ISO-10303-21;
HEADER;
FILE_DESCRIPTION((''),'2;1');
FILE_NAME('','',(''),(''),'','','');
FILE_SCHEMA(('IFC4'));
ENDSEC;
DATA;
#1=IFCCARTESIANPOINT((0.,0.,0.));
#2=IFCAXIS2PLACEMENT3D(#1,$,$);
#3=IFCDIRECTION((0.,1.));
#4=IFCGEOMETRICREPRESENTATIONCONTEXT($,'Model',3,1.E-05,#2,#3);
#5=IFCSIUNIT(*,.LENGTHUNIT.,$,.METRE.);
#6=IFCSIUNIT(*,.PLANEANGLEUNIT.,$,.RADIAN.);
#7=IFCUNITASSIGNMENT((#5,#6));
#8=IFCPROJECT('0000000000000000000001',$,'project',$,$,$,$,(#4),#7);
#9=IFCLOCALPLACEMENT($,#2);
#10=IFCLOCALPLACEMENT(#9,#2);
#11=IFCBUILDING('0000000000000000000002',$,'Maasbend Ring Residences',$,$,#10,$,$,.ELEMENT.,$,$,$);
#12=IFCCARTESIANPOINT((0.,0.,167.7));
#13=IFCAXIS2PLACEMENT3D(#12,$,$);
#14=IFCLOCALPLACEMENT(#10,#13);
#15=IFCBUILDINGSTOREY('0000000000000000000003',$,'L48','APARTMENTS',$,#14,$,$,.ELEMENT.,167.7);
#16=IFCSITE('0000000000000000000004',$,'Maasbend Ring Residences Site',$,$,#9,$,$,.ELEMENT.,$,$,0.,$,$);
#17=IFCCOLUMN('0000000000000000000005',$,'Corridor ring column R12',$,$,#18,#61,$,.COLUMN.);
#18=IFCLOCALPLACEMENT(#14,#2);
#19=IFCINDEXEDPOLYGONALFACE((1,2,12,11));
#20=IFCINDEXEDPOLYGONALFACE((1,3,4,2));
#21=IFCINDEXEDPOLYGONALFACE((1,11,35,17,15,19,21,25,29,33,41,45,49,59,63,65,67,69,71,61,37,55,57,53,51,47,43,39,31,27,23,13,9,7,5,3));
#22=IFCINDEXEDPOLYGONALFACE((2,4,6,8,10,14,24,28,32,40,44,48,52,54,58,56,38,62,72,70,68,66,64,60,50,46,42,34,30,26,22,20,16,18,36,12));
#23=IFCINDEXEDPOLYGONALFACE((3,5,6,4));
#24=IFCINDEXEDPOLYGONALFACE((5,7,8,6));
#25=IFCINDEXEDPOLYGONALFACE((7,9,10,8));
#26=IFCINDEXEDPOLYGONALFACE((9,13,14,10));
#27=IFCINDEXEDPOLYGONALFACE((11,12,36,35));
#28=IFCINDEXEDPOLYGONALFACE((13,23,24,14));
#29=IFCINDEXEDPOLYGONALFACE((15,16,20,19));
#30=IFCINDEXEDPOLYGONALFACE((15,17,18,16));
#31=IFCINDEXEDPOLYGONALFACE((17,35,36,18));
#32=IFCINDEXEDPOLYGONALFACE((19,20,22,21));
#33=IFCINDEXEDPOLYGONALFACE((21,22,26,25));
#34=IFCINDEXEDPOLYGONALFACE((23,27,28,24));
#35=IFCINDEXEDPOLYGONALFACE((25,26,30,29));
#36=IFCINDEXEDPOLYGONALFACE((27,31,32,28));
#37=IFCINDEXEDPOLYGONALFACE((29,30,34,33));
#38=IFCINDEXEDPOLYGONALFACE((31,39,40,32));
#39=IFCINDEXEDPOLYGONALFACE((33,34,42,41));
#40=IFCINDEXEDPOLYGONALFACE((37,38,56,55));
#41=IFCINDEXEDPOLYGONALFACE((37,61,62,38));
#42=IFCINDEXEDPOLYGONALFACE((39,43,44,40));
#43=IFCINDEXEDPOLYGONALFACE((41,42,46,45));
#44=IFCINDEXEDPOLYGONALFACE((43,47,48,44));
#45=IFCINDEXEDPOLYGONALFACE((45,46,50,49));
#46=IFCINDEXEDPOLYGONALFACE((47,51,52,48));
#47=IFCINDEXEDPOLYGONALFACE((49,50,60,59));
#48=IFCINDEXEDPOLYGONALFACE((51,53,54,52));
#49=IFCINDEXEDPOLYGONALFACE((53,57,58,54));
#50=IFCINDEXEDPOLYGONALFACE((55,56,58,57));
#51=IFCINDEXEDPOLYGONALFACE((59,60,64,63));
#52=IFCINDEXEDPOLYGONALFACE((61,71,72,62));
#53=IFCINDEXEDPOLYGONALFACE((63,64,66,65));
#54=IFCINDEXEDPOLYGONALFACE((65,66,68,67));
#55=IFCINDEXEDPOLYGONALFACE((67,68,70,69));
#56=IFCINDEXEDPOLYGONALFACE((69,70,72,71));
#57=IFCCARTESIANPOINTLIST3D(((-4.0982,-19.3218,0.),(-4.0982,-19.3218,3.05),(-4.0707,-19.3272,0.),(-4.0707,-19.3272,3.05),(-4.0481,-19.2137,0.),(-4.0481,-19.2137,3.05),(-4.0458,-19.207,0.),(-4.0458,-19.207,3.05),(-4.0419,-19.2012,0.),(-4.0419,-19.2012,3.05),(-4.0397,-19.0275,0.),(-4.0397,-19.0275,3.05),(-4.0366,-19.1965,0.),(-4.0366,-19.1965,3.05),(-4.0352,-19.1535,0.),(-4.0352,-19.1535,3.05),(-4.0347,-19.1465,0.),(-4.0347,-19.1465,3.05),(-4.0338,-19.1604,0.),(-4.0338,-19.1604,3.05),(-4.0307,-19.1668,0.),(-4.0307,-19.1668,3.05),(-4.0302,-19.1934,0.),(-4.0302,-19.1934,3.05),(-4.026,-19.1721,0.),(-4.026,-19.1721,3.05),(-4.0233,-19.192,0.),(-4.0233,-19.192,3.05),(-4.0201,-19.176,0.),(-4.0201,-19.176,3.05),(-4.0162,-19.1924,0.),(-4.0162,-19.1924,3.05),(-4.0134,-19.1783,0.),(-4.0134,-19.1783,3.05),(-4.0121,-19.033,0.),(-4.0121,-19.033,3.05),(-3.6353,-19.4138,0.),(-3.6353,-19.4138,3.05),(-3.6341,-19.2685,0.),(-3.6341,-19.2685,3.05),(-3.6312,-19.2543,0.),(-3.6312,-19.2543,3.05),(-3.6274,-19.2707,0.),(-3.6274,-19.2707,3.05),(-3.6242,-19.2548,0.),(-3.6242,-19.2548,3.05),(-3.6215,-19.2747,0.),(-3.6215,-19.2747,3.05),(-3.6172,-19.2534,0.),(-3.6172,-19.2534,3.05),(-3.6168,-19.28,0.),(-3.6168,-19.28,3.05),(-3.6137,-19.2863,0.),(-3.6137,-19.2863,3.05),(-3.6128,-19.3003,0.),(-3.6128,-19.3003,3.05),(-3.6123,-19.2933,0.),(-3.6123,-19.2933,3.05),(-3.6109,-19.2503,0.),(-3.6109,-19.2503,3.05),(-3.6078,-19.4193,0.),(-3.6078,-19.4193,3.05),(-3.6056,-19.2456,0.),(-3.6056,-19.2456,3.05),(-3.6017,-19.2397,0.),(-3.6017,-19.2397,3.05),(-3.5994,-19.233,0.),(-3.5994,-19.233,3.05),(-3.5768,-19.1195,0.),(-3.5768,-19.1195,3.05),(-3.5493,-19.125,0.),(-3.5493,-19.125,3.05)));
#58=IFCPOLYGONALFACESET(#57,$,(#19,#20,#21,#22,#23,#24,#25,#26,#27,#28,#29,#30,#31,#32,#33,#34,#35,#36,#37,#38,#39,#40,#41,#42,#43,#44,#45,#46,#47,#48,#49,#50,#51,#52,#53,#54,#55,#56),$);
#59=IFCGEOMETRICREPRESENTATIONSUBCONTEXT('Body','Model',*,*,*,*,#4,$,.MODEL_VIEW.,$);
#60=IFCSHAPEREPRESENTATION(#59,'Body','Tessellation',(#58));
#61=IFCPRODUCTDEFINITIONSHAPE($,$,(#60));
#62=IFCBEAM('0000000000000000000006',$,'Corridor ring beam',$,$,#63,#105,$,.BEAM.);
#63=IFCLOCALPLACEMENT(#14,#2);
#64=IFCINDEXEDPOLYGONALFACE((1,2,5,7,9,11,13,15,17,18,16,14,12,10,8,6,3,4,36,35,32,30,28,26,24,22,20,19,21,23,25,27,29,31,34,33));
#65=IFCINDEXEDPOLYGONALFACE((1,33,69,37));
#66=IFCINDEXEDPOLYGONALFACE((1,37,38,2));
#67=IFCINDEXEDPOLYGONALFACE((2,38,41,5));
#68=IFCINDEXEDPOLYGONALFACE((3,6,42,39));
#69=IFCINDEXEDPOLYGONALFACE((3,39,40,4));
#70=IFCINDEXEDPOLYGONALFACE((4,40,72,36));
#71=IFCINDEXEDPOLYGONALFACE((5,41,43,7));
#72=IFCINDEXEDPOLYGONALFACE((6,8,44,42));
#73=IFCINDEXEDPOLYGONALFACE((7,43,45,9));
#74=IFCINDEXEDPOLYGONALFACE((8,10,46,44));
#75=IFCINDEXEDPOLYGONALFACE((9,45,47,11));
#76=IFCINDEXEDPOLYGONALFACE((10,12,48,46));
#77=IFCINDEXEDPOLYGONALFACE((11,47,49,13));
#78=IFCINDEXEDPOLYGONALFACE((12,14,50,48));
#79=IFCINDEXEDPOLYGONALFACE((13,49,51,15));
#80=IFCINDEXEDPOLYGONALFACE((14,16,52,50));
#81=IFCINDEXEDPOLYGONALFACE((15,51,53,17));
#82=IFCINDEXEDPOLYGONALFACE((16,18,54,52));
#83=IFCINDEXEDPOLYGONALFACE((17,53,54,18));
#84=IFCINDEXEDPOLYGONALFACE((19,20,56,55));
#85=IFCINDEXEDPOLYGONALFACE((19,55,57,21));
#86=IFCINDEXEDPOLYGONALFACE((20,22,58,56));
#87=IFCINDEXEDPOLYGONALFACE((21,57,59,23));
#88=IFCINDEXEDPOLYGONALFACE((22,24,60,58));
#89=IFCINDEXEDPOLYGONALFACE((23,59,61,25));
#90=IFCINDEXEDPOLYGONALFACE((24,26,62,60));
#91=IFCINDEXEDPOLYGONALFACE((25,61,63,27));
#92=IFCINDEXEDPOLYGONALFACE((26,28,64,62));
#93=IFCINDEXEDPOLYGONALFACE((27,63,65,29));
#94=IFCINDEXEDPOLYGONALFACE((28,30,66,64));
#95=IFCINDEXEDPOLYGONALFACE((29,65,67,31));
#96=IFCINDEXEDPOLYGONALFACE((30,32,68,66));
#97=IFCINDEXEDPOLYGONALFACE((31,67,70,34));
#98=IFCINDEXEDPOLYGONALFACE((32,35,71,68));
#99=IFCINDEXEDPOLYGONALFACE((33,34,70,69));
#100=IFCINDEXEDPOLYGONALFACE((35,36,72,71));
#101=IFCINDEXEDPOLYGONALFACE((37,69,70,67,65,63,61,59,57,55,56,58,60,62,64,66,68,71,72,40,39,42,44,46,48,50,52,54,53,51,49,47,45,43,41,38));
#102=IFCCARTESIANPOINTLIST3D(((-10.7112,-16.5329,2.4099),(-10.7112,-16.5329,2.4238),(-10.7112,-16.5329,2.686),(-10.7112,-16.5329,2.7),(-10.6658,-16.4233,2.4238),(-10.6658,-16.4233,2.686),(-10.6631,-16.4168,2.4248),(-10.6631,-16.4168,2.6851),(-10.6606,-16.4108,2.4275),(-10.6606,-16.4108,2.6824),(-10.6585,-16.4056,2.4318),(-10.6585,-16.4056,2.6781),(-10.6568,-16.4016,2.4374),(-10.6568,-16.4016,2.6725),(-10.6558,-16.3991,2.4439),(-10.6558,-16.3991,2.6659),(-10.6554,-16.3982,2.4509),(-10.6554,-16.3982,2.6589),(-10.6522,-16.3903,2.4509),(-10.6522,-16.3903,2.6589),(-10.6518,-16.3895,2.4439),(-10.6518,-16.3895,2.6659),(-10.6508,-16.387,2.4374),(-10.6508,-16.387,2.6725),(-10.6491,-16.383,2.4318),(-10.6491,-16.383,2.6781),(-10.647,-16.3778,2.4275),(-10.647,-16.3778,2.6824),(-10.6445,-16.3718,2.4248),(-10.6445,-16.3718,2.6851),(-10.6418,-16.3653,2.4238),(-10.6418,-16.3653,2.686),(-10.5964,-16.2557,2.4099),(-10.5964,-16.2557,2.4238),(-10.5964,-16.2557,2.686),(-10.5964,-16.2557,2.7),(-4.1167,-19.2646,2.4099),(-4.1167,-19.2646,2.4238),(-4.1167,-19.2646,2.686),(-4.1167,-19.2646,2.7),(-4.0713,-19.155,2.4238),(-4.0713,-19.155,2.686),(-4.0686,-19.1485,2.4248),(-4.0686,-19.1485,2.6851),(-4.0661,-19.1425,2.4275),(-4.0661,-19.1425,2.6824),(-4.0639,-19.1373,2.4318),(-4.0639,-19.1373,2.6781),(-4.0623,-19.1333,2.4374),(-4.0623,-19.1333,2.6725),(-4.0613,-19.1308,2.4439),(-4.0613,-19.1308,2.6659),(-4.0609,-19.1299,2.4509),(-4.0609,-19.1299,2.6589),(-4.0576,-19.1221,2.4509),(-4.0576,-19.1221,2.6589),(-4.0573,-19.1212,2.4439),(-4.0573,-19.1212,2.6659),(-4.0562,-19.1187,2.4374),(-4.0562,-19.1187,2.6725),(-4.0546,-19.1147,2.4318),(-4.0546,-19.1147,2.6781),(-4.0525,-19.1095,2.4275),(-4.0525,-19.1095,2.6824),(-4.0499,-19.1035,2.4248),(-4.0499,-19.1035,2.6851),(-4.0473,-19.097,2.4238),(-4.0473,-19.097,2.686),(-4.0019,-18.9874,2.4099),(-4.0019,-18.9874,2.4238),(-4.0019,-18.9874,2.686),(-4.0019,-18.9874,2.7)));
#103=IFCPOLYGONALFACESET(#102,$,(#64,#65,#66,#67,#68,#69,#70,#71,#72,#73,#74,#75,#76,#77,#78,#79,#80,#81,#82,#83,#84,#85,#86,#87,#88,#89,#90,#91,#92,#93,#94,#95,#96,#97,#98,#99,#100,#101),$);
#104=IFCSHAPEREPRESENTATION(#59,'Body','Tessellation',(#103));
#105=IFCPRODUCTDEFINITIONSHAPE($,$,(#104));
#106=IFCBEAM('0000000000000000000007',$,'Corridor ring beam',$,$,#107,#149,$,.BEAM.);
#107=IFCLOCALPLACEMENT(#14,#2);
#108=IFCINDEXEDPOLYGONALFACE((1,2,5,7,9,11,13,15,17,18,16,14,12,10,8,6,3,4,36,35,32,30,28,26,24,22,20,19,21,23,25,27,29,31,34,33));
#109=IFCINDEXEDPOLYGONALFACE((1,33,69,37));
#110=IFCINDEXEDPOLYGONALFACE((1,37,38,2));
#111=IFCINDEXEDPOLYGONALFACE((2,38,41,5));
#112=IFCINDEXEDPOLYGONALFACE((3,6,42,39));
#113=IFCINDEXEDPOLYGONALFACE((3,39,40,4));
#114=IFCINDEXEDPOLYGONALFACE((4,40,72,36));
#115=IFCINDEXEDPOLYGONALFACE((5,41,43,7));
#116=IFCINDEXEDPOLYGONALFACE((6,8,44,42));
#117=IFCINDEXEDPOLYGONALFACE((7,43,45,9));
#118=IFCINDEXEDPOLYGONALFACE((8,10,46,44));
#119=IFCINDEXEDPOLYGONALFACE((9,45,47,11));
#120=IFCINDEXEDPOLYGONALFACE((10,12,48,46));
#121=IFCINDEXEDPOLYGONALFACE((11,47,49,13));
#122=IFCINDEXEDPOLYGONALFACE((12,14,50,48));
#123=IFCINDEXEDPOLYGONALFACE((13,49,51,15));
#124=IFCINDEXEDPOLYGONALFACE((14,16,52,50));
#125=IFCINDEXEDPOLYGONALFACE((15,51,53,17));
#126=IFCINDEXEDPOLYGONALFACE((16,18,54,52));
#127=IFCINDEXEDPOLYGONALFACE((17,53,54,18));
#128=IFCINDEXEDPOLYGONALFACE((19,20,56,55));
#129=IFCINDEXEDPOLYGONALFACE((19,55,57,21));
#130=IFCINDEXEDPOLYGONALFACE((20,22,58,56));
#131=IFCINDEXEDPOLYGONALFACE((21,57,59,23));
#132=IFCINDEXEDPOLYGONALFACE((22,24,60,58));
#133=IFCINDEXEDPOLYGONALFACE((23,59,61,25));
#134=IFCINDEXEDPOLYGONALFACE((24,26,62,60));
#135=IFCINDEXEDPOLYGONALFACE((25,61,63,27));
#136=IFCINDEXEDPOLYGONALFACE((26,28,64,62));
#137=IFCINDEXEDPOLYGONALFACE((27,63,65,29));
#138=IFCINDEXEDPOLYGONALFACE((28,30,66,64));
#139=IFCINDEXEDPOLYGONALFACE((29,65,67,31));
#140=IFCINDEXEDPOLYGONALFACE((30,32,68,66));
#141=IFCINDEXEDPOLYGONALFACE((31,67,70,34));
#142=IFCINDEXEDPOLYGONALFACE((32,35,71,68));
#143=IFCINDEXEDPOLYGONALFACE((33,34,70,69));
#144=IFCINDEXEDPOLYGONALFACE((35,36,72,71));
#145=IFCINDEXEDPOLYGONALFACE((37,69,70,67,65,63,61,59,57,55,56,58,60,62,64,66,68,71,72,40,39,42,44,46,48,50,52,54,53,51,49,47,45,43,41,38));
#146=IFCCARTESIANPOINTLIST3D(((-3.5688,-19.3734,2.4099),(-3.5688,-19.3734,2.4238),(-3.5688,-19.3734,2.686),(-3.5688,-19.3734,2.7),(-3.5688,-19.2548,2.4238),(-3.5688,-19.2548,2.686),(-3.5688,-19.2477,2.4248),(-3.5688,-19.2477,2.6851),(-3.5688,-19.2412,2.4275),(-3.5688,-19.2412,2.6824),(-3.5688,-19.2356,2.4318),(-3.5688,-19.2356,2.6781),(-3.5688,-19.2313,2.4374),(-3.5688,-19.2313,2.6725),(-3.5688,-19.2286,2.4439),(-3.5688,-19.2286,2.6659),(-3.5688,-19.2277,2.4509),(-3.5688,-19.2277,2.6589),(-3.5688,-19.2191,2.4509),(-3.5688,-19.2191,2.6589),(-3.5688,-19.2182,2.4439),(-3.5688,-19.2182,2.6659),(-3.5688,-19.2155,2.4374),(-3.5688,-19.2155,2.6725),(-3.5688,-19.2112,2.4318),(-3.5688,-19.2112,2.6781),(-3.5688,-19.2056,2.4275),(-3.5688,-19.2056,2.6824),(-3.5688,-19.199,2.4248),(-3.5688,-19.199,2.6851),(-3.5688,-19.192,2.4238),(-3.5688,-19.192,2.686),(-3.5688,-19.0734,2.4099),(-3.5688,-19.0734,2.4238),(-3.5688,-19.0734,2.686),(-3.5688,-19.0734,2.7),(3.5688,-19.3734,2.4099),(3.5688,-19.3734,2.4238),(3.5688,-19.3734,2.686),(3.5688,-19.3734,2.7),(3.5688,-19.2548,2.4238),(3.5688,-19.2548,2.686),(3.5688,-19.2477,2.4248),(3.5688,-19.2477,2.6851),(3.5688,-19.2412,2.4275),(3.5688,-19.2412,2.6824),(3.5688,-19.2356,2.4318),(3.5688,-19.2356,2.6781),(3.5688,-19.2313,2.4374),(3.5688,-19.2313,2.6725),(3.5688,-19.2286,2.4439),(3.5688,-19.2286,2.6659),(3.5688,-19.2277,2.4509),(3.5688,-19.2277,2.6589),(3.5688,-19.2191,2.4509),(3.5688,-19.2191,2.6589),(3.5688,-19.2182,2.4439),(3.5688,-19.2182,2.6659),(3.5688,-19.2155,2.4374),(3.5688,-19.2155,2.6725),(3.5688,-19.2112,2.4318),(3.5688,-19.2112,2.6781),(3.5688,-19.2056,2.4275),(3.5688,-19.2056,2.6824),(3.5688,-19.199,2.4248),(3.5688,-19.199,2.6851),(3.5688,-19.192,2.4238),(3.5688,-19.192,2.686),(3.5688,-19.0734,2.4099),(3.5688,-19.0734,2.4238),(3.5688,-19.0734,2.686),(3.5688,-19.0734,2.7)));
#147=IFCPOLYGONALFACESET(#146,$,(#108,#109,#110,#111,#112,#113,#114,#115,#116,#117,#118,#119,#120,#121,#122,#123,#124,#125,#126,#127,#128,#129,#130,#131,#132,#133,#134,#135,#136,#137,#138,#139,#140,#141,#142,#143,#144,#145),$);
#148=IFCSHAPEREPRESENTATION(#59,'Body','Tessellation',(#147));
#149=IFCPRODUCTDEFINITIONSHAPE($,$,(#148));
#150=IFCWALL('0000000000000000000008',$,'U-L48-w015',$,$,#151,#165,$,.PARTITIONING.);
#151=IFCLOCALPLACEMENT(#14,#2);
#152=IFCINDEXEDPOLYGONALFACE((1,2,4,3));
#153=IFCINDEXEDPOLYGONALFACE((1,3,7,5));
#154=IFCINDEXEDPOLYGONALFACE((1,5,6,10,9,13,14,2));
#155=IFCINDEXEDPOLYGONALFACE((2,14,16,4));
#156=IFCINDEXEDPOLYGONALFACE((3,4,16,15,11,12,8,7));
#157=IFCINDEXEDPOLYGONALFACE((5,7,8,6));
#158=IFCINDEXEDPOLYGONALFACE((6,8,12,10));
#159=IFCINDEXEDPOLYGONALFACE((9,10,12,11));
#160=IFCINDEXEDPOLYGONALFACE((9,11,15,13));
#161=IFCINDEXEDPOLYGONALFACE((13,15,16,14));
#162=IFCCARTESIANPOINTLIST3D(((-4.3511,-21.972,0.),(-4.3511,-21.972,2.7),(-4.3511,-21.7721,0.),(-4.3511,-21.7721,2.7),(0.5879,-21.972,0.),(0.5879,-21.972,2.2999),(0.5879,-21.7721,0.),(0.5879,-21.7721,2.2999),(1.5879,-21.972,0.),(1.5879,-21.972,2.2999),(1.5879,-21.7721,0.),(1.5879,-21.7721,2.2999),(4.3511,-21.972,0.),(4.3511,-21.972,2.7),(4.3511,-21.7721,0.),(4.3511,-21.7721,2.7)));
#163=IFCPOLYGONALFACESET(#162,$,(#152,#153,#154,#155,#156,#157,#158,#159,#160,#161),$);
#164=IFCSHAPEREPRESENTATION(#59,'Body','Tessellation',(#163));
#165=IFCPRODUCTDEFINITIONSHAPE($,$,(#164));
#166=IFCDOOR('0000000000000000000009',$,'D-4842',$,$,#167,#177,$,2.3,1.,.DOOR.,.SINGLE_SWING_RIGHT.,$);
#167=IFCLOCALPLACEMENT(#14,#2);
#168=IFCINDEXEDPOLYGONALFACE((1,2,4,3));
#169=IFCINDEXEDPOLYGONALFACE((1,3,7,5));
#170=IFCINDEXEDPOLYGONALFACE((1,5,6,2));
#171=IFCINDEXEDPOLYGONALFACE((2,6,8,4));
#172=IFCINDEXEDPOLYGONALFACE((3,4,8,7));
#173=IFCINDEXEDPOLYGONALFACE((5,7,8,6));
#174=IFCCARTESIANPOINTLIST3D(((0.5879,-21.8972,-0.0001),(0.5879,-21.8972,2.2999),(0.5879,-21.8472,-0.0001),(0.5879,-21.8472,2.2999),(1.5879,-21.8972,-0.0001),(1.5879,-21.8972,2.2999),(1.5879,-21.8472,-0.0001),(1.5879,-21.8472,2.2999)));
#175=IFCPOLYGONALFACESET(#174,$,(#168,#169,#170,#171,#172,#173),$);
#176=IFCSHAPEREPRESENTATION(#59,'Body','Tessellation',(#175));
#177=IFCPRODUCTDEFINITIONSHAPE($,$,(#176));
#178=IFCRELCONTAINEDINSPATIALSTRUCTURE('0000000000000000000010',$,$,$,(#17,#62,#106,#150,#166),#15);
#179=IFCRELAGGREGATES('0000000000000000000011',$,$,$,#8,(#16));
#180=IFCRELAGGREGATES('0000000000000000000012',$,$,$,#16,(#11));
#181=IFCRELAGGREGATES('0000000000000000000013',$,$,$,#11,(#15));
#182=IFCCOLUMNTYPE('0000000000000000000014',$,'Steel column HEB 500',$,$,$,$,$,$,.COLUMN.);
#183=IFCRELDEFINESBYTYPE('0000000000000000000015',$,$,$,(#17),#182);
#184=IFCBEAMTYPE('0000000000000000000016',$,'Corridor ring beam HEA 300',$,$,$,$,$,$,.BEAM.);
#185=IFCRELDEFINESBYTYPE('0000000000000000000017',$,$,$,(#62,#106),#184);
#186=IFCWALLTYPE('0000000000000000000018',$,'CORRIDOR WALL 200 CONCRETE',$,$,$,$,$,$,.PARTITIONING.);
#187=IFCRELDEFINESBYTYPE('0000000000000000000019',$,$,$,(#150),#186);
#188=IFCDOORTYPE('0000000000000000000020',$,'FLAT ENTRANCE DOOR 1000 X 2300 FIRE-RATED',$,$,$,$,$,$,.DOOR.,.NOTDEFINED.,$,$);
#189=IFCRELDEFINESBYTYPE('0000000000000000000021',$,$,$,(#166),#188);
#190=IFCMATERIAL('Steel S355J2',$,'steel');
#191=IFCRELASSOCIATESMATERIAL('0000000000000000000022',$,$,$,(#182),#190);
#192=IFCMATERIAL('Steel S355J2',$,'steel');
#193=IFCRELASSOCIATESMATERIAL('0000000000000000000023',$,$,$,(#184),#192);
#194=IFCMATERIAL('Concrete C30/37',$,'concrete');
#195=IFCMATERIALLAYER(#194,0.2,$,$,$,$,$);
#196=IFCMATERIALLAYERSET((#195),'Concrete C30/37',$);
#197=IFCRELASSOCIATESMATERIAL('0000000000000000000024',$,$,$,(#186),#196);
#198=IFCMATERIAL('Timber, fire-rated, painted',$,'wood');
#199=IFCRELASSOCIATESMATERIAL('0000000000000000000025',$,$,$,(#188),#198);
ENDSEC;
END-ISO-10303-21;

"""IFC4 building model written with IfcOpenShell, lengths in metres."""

from ifc_helpers import new_model, si_unit, direction, frame, frame_2d, origin, origin_2d, place, context, subcontext, project, spatial, rectangle, i_section, extrude, material, layer, layer_set, material_profile, profile_set, type_object, element, fill, save


model = new_model("IFC4")

# Units and contexts
model_context = context("Model", 3, precision=1e-05, world=origin(), true_north=direction((0.0, 1.0)))
body_context = subcontext(model_context, "Body", "Model", "MODEL_VIEW")
ifc_project = project(units=[si_unit("LENGTHUNIT", "METRE"), si_unit("PLANEANGLEUNIT", "RADIAN")], contexts=[model_context])

# Site, building, storey
site_placement = place(None, origin())
site = spatial("IfcSite", under=ifc_project, at=site_placement, Name="Maasbend Ring Residences Site", CompositionType="ELEMENT", RefElevation=0.0)
building_placement = place(site_placement, origin())
building = spatial("IfcBuilding", under=site, at=building_placement, Name="Maasbend Ring Residences", CompositionType="ELEMENT")
storey_placement = place(building_placement, frame((0.0, 0.0, 167.7)))
storey = spatial("IfcBuildingStorey", under=building, at=storey_placement, Name="L48", Description="APARTMENTS", CompositionType="ELEMENT", Elevation=167.7)

# Column
ifc_material_1 = material(Name="Steel S355J2", Category="steel")
ifc_material_profile_1 = material_profile(ifc_material_1, i_section(OverallWidth=0.3, OverallDepth=0.5, WebThickness=0.0144, FlangeThickness=0.0281, FilletRadius=0.0271, at=origin_2d()), Name="HEB 500")
ifc_profile_set_1 = profile_set([ifc_material_profile_1], Name="Steel S355J2")
column_type = type_object("IfcColumnType", Name="Steel column HEB 500", PredefinedType="COLUMN", material=ifc_profile_set_1)
column_placement = place(storey_placement, frame((-3.8237, -19.2234, 0.0), z_axis=(0.0, 0.0, 1.0), x_axis=(-0.19509, -0.980785, 0.0)))
element("IfcColumn", 1, at=column_placement, inside=storey, type_object=column_type, Name="Corridor ring column R12", PredefinedType="COLUMN", context=body_context, shape_type="SweptSolid", body=[
    extrude(i_section(OverallWidth=0.3, OverallDepth=0.5, WebThickness=0.0144, FlangeThickness=0.0281, FilletRadius=0.0271, at=origin_2d()), origin(), (0.0, 0.0, 1.0), 3.05),
])

# Beams
ifc_material_2 = material(Name="Steel S355J2", Category="steel")
ifc_material_profile_2 = material_profile(ifc_material_2, i_section(OverallWidth=0.3, OverallDepth=0.29, WebThickness=0.0085, FlangeThickness=0.0139, FilletRadius=0.0271, at=origin_2d()), Name="HEA 300")
ifc_profile_set_2 = profile_set([ifc_material_profile_2], Name="Steel S355J2")
beam_type = type_object("IfcBeamType", Name="Corridor ring beam HEA 300", PredefinedType="BEAM", material=ifc_profile_set_2)
beam_1_placement = place(storey_placement, frame((-10.6538, -16.3943, 2.5549), z_axis=(0.923871, -0.382703, 0.0), x_axis=(0.382703, 0.923871, 0.0)))
element("IfcBeam", 2, at=beam_1_placement, inside=storey, type_object=beam_type, Name="Corridor ring beam", PredefinedType="BEAM", context=body_context, shape_type="SweptSolid", body=[
    extrude(i_section(OverallWidth=0.3, OverallDepth=0.29, WebThickness=0.0085, FlangeThickness=0.0139, FilletRadius=0.0271, at=origin_2d()), origin(), (0.0, 0.0, 1.0), 7.1379),
])
beam_2_placement = place(storey_placement, frame((-3.5688, -19.2234, 2.5549), z_axis=(1.0, 0.0, 0.0), x_axis=(0.0, 1.0, 0.0)))
element("IfcBeam", 3, at=beam_2_placement, inside=storey, type_object=beam_type, Name="Corridor ring beam", PredefinedType="BEAM", context=body_context, shape_type="SweptSolid", body=[
    extrude(i_section(OverallWidth=0.3, OverallDepth=0.29, WebThickness=0.0085, FlangeThickness=0.0139, FilletRadius=0.0271, at=origin_2d()), origin(), (0.0, 0.0, 1.0), 7.1377),
])

# Wall, opening, door
ifc_material_3 = material(Name="Concrete C30/37", Category="concrete")
ifc_layer_1 = layer(ifc_material_3, 0.2)
ifc_layer_set_1 = layer_set([ifc_layer_1], Name="Concrete C30/37")
wall_type_1 = type_object("IfcWallType", Name="CORRIDOR WALL 200 CONCRETE", PredefinedType="PARTITIONING", material=ifc_layer_set_1)
wall_1_placement = place(storey_placement, frame((-4.3511, -21.8721, 0.0), z_axis=(0.0, 0.0, 1.0), x_axis=(1.0, 0.0, 0.0)))
wall_1 = element("IfcWall", 4, at=wall_1_placement, inside=storey, type_object=wall_type_1, Name="U-L48-w015", PredefinedType="PARTITIONING", context=body_context, shape_type="SweptSolid", body=[
    extrude(rectangle(XDim=8.7021, YDim=0.2, at=frame_2d((4.3511, 0.0))), origin(), (0.0, 0.0, 1.0), 2.7),
])
opening_1_placement = place(wall_1_placement, frame((4.939, 0.0, 0.0)))
opening_1 = element("IfcOpeningElement", 5, at=opening_1_placement, cuts=wall_1, PredefinedType="OPENING", context=body_context, shape_type="SweptSolid", body=[
    extrude(rectangle(XDim=1.0, YDim=2.3, at=frame_2d((0.5, 1.1499))), frame((0.0, 0.1099, 0.0), z_axis=(0.0, -1.0, 0.0), x_axis=(1.0, 0.0, 0.0)), (0.0, 0.0, 1.0), 0.22),
])
ifc_material_4 = material(Name="Timber, fire-rated, painted", Category="wood")
door_type_1 = type_object("IfcDoorType", Name="FLAT ENTRANCE DOOR 1000 X 2300 FIRE-RATED", OperationType="NOTDEFINED", PredefinedType="DOOR", material=ifc_material_4)
door_1_placement = place(opening_1_placement, origin())
door_1 = element("IfcDoor", 6, at=door_1_placement, inside=storey, type_object=door_type_1, Name="D-4842", OperationType="SINGLE_SWING_RIGHT", OverallHeight=2.3, OverallWidth=1.0, PredefinedType="DOOR", context=body_context, shape_type="SweptSolid", body=[
    extrude(rectangle(XDim=1.0, YDim=2.3, at=frame_2d((0.5, 1.1499))), frame((0.0, 0.0249, 0.0), z_axis=(0.0, -1.0, 0.0), x_axis=(1.0, 0.0, 0.0)), (0.0, 0.0, 1.0), 0.05),
])
fill(opening_1, door_1)

save(model, "model.ifc")
